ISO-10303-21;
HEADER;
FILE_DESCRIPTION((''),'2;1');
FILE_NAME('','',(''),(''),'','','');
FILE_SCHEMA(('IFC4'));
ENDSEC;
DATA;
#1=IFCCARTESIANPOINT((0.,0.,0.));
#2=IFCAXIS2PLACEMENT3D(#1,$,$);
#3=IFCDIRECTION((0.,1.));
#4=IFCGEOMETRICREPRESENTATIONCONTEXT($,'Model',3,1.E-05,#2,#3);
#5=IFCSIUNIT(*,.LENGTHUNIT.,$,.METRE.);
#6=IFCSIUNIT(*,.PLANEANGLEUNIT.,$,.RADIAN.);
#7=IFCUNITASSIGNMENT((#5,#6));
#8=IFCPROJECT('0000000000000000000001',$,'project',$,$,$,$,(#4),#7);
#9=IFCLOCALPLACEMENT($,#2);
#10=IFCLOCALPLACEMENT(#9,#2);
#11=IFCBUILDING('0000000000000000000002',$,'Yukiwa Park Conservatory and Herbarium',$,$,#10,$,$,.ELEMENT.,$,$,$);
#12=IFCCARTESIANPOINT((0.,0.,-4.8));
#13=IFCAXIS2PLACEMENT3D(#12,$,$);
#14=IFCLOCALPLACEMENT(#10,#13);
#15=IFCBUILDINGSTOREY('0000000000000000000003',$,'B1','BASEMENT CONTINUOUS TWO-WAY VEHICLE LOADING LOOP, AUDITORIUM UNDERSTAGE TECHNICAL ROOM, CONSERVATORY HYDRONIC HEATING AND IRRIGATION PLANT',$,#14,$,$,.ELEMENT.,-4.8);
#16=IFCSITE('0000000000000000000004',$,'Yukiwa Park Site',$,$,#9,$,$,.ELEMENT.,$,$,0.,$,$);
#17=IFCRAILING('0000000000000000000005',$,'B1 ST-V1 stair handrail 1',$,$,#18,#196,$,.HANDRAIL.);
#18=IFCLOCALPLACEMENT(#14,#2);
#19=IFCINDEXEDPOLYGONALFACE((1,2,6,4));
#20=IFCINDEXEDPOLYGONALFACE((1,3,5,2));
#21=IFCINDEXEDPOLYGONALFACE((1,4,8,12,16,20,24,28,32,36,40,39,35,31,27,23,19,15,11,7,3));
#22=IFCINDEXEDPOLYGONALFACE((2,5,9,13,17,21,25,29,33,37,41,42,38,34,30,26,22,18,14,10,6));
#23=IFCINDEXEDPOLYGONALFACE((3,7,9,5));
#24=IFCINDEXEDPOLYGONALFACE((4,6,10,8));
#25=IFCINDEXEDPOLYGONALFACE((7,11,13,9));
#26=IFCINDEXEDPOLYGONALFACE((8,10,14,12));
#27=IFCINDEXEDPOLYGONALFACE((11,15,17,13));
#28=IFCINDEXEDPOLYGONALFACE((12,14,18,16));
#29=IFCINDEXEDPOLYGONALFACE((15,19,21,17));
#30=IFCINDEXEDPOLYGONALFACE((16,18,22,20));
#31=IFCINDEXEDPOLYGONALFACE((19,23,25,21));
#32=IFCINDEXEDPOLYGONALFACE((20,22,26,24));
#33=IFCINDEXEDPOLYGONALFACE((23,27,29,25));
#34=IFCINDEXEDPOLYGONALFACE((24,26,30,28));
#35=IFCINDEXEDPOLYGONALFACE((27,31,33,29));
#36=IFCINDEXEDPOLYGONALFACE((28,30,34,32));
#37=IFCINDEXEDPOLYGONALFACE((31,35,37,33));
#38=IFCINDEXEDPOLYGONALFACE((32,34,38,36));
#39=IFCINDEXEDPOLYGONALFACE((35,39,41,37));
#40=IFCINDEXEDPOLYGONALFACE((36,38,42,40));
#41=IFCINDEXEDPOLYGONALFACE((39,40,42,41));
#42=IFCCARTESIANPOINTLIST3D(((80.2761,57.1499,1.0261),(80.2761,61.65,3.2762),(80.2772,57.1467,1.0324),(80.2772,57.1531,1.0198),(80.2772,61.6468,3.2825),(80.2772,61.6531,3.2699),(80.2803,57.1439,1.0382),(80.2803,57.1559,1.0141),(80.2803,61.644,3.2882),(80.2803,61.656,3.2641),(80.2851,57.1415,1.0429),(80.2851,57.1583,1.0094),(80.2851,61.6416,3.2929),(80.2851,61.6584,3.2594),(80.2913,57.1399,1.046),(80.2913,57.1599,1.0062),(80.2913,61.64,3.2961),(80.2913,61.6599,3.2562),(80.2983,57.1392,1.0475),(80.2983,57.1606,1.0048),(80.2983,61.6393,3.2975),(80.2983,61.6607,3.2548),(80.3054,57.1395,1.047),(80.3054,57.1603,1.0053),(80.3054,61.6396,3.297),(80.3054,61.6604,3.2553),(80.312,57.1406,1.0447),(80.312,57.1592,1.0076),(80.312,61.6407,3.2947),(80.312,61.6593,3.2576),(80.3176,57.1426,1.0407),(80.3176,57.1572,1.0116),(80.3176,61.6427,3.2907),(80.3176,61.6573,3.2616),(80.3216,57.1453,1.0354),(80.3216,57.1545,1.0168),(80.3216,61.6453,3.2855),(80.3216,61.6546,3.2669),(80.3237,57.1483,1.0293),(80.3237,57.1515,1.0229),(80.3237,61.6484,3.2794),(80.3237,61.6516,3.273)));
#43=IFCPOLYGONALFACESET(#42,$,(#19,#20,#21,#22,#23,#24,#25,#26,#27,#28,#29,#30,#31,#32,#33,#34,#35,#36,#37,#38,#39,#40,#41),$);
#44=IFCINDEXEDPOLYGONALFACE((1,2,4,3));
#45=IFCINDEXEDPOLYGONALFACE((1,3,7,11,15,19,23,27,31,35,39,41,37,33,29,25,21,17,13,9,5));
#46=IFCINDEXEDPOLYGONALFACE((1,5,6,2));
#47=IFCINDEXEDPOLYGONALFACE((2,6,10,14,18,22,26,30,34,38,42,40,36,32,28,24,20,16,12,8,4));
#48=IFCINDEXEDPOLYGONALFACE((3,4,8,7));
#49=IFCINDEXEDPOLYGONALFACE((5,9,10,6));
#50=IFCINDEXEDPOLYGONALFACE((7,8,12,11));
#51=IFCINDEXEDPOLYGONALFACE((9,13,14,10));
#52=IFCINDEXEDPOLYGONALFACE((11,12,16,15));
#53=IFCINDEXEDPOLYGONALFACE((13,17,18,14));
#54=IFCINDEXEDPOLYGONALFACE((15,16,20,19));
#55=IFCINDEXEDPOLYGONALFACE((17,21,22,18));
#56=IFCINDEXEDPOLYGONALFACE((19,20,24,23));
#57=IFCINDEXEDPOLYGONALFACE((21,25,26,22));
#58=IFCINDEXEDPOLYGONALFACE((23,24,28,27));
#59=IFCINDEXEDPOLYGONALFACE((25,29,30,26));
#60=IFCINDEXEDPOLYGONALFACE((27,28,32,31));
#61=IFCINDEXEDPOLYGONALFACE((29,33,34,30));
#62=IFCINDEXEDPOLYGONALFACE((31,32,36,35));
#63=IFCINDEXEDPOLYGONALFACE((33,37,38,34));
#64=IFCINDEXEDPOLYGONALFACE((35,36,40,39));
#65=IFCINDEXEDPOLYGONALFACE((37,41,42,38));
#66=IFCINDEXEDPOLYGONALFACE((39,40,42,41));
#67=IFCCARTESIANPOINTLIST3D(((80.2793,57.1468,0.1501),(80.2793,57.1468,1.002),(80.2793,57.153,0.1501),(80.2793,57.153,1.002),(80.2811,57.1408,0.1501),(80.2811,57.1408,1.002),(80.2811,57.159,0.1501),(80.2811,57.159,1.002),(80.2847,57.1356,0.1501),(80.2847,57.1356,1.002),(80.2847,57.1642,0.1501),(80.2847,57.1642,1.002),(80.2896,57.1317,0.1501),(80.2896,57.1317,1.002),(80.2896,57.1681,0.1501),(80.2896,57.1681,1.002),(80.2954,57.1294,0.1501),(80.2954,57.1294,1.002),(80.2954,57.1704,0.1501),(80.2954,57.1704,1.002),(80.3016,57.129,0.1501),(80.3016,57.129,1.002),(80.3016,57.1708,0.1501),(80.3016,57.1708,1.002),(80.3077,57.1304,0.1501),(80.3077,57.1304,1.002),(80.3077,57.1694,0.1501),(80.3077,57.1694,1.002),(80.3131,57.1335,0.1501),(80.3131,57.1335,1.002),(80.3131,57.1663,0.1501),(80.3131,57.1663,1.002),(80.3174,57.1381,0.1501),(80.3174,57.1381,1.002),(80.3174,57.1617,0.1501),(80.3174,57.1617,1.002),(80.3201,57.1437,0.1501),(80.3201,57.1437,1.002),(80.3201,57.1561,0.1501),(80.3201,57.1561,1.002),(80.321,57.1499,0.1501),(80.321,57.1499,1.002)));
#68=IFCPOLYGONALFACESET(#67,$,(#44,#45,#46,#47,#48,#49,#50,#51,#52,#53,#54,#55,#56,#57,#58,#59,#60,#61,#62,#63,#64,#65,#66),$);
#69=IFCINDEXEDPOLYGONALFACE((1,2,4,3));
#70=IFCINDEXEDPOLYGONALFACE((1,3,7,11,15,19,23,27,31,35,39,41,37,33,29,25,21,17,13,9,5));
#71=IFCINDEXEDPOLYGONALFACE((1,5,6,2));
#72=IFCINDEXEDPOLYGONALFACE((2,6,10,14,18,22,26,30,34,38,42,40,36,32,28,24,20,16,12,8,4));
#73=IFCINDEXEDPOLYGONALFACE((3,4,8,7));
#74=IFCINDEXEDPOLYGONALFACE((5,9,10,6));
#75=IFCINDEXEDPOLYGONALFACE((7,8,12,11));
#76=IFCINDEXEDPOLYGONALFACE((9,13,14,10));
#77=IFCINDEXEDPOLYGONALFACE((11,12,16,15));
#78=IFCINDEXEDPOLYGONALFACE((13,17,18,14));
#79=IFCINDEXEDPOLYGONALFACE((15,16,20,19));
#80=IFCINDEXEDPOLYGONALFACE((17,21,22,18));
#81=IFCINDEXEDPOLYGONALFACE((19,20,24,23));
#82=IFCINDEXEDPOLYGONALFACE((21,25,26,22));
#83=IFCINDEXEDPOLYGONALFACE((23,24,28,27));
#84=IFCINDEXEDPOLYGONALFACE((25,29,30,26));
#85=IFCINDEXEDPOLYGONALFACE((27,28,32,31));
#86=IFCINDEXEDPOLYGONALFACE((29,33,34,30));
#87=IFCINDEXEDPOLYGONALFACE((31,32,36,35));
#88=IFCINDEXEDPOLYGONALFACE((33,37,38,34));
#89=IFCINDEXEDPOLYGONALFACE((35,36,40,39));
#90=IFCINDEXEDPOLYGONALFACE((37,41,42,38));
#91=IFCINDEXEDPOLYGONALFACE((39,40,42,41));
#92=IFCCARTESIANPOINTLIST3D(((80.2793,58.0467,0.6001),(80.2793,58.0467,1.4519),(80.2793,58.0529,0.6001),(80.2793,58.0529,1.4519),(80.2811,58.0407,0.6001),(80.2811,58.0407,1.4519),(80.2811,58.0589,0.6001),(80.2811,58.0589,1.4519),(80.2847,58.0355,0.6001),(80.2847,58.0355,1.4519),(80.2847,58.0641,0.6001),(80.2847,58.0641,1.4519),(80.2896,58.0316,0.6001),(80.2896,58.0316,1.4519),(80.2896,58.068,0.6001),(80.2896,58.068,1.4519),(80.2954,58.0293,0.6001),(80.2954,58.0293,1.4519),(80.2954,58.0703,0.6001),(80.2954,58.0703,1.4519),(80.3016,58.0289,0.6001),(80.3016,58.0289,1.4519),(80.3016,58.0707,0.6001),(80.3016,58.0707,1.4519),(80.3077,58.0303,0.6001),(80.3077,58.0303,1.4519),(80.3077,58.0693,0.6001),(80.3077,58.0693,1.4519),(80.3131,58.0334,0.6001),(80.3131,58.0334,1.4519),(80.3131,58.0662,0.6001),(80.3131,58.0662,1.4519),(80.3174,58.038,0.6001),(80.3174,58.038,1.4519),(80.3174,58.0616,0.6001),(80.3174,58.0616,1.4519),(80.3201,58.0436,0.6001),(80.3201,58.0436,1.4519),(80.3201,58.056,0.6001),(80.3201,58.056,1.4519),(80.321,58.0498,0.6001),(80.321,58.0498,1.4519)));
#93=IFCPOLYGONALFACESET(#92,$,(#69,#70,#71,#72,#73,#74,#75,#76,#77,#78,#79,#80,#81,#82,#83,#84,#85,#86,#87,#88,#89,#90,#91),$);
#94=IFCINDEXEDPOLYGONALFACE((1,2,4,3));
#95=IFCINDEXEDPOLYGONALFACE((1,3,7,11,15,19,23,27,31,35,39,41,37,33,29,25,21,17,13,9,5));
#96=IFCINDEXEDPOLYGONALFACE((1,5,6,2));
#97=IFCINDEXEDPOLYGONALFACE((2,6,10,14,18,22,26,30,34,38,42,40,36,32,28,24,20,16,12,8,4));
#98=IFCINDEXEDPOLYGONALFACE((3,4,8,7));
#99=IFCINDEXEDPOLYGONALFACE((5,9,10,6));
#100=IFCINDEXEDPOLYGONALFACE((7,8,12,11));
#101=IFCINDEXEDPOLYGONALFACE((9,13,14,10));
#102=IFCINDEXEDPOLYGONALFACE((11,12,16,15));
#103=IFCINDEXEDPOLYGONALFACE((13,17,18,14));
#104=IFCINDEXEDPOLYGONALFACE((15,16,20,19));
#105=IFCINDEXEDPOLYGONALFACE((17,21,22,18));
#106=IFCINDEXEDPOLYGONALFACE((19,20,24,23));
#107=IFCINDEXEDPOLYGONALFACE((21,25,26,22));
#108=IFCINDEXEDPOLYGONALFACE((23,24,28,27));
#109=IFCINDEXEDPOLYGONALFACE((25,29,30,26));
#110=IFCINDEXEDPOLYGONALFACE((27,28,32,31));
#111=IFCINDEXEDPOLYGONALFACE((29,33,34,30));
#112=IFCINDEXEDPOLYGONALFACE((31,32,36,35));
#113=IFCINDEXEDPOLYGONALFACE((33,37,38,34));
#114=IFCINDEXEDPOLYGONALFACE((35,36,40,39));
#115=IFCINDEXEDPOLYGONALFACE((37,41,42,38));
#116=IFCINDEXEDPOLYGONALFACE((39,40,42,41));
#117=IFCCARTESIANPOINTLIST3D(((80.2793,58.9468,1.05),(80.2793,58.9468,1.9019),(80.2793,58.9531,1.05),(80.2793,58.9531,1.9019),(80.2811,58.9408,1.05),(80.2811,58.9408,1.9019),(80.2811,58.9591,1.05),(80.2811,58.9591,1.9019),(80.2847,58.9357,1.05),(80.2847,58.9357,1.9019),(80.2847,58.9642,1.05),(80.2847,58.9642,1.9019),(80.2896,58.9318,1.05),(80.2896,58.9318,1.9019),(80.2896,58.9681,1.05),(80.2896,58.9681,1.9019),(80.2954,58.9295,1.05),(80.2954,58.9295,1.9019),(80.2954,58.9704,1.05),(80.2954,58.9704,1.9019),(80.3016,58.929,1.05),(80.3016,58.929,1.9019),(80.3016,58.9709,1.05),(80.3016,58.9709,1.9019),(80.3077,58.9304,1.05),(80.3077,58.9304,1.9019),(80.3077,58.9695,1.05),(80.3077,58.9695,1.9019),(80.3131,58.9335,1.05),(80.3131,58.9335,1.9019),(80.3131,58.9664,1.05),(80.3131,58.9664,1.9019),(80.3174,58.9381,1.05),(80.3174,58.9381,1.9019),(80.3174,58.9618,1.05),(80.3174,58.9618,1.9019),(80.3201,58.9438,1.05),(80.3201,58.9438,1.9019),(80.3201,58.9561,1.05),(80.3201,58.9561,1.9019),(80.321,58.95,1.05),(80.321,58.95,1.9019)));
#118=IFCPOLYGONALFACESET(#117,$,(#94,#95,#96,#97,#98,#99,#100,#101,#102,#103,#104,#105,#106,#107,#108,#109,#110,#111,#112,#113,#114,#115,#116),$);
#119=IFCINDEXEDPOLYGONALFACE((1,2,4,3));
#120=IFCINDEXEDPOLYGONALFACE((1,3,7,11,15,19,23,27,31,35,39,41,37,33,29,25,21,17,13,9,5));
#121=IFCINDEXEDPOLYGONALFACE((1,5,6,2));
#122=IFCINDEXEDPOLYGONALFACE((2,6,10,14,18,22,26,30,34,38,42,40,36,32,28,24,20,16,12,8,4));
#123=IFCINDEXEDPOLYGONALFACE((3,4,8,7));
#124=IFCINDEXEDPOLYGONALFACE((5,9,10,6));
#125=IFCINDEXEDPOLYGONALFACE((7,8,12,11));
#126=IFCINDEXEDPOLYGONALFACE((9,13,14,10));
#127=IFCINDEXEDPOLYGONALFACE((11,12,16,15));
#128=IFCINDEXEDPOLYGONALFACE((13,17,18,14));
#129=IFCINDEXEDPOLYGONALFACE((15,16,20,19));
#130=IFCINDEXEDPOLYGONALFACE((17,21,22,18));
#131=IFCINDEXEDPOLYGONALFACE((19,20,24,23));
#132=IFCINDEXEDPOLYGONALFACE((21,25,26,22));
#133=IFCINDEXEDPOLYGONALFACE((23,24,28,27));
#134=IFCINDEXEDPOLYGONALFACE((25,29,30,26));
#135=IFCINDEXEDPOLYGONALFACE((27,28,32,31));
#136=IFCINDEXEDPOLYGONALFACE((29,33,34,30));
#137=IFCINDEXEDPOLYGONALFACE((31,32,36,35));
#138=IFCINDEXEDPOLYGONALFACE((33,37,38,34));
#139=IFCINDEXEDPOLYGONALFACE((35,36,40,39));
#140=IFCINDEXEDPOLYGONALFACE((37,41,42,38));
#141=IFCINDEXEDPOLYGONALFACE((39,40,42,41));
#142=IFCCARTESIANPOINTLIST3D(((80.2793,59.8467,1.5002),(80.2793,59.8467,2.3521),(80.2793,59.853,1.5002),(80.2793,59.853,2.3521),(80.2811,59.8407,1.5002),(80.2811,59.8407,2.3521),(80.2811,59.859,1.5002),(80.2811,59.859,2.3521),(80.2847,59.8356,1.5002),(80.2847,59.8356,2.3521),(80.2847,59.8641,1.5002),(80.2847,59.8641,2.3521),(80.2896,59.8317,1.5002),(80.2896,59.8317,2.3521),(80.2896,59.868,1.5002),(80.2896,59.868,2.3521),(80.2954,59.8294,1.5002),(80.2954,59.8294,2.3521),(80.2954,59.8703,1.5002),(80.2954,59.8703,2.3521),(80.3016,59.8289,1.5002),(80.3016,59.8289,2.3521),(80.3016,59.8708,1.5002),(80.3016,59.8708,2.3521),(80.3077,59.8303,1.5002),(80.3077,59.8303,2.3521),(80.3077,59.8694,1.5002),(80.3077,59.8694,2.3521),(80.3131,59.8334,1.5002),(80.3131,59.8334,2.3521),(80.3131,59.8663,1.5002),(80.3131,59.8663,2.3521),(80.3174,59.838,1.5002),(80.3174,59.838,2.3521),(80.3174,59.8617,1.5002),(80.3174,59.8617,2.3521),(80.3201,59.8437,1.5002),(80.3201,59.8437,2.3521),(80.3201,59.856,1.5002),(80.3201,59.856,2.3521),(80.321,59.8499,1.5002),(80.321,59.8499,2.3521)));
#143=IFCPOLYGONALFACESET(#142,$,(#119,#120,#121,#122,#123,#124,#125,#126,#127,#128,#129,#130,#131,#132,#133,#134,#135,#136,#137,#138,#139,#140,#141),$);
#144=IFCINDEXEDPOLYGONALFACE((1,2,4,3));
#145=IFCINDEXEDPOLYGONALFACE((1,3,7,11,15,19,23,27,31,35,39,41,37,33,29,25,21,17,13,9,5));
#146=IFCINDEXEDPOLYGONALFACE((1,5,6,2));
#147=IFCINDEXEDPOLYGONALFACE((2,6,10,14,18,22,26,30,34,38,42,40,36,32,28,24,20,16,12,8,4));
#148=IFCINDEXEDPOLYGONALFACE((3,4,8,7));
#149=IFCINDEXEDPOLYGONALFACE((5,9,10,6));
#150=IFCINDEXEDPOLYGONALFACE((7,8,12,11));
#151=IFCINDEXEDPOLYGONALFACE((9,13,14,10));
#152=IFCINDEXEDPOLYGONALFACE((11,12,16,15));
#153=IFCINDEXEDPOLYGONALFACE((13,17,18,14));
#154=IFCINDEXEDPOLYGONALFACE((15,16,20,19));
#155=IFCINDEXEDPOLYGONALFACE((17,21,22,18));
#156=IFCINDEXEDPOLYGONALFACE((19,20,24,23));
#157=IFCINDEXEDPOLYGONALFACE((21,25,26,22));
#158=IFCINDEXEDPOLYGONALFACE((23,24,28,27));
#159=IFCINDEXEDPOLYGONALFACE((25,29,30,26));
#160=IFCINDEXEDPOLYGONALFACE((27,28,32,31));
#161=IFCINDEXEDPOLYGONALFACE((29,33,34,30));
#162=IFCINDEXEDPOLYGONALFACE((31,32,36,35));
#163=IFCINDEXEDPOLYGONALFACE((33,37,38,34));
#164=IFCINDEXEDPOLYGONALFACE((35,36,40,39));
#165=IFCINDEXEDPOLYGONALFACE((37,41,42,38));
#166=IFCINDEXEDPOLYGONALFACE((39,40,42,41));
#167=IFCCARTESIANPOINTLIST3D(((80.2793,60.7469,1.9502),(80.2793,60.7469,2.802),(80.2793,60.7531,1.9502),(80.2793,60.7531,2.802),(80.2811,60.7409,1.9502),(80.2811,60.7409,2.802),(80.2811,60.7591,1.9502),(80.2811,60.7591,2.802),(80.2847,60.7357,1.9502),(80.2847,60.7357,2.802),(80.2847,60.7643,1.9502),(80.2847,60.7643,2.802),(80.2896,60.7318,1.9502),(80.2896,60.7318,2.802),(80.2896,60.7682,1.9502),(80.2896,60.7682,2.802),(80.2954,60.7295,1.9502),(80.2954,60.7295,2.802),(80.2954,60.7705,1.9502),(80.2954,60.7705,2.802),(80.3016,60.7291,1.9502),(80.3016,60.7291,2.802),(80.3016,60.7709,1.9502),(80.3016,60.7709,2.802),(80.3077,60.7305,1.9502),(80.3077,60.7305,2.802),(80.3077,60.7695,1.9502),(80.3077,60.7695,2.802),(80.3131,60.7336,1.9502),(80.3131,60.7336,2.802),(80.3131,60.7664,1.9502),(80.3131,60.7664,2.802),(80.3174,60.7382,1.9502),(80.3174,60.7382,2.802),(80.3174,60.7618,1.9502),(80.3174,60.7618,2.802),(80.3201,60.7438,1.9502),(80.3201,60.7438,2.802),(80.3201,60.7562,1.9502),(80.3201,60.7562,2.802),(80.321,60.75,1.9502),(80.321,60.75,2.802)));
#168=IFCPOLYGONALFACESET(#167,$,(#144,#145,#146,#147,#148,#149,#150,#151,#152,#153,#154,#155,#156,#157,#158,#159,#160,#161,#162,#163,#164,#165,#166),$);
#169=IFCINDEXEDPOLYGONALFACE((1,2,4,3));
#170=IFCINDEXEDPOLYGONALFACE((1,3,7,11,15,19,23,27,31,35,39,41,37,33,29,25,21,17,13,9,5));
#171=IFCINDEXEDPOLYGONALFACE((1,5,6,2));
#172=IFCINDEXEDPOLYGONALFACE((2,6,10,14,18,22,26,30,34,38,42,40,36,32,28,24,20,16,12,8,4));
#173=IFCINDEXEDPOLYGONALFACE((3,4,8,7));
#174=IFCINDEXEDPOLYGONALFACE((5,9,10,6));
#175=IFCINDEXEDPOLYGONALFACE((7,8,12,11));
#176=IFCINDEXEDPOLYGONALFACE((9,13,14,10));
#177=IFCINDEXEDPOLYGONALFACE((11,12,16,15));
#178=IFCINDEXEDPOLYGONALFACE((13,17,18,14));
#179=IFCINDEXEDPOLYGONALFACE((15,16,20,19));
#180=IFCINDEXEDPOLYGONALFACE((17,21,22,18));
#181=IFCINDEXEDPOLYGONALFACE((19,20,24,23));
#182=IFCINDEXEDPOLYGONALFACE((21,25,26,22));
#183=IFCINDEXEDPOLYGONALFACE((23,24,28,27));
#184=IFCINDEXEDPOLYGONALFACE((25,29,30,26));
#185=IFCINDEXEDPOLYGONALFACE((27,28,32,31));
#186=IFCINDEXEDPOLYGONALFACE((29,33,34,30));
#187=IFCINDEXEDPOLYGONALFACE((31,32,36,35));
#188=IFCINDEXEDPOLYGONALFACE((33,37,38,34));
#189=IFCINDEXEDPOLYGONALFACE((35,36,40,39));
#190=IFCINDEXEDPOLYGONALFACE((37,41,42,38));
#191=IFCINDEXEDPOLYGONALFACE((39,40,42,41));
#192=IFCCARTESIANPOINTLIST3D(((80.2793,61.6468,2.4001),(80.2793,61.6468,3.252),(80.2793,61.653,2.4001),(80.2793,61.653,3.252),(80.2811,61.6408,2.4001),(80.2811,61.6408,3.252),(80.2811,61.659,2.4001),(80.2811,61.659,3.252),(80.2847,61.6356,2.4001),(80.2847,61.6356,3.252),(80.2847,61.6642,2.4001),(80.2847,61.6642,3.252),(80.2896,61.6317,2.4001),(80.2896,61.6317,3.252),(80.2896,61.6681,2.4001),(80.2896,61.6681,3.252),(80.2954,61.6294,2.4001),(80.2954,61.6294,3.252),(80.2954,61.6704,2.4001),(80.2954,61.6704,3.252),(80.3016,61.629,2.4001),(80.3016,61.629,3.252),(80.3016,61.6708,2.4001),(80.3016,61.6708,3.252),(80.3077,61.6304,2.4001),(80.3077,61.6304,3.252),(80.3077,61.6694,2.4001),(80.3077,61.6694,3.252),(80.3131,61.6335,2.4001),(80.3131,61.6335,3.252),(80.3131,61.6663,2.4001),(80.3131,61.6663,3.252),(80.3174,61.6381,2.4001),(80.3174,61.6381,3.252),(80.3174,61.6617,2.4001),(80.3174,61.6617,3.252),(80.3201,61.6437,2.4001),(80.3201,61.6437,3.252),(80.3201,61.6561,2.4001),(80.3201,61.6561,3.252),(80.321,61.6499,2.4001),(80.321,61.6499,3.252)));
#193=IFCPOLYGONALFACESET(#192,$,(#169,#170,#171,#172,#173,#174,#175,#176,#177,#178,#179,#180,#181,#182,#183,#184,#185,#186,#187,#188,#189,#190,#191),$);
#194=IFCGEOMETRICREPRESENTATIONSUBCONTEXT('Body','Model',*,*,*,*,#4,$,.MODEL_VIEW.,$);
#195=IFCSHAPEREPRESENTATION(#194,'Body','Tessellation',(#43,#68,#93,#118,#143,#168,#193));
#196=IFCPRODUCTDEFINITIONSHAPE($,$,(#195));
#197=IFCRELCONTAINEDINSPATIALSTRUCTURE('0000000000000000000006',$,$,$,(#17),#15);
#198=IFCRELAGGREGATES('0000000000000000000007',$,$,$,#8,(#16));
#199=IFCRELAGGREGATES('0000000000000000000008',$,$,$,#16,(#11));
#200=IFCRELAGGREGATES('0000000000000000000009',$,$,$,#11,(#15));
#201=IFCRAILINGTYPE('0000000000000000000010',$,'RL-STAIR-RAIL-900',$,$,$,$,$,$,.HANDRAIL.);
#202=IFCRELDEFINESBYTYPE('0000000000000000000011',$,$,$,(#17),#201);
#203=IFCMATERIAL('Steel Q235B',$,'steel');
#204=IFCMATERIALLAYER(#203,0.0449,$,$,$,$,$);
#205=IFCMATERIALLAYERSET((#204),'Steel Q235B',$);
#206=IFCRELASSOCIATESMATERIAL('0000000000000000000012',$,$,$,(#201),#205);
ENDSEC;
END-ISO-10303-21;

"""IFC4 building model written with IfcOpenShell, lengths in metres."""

from ifc_helpers import new_model, si_unit, direction, frame, origin, origin_2d, place, context, subcontext, project, spatial, circle, extrude, material, layer, layer_set, type_object, element, save


model = new_model("IFC4")

# Units and contexts
model_context = context("Model", 3, precision=1e-05, world=origin(), true_north=direction((0.0, 1.0)))
body_context = subcontext(model_context, "Body", "Model", "MODEL_VIEW")
ifc_project = project(units=[si_unit("LENGTHUNIT", "METRE"), si_unit("PLANEANGLEUNIT", "RADIAN")], contexts=[model_context])

# Site, building, storey
site_placement = place(None, origin())
site = spatial("IfcSite", under=ifc_project, at=site_placement, Name="Yukiwa Park Site", CompositionType="ELEMENT", RefElevation=0.0)
building_placement = place(site_placement, origin())
building = spatial("IfcBuilding", under=site, at=building_placement, Name="Yukiwa Park Conservatory and Herbarium", CompositionType="ELEMENT")
storey_placement = place(building_placement, frame((0.0, 0.0, -4.8)))
storey = spatial("IfcBuildingStorey", under=building, at=storey_placement, Name="B1", Description="BASEMENT CONTINUOUS TWO-WAY VEHICLE LOADING LOOP, AUDITORIUM UNDERSTAGE TECHNICAL ROOM, CONSERVATORY HYDRONIC HEATING AND IRRIGATION PLANT", CompositionType="ELEMENT", Elevation=-4.8)

# Railing
ifc_material_1 = material(Name="Steel Q235B", Category="steel")
ifc_layer_1 = layer(ifc_material_1, 0.0449)
ifc_layer_set_1 = layer_set([ifc_layer_1], Name="Steel Q235B")
railing_type_1 = type_object("IfcRailingType", Name="RL-STAIR-RAIL-900", PredefinedType="HANDRAIL", material=ifc_layer_set_1)
railing_1_placement = place(storey_placement, frame((80.3, 57.1499, 0.1501)))
element("IfcRailing", 1, at=railing_1_placement, inside=storey, type_object=railing_type_1, Name="B1 ST-V1 stair handrail 1", PredefinedType="HANDRAIL", context=body_context, shape_type="SweptSolid", body=[
    extrude(circle(Radius=0.0239, at=origin_2d()), frame((0.0, 0.0, 0.876), z_axis=(0.0, 0.894427, 0.447214), x_axis=(-1.0, 0.0, 0.0)), (0.0, 0.0, 1.0), 5.0312),
    extrude(circle(Radius=0.021, at=origin_2d()), origin(), (0.0, 0.0, 1.0), 0.8518),
    extrude(circle(Radius=0.021, at=origin_2d()), frame((0.0, 0.8999, 0.45)), (0.0, 0.0, 1.0), 0.8518),
    extrude(circle(Radius=0.021, at=origin_2d()), frame((0.0, 1.8, 0.8999)), (0.0, 0.0, 1.0), 0.8518),
    extrude(circle(Radius=0.021, at=origin_2d()), frame((0.0, 2.7, 1.3501)), (0.0, 0.0, 1.0), 0.8518),
    extrude(circle(Radius=0.021, at=origin_2d()), frame((0.0, 3.6001, 1.8)), (0.0, 0.0, 1.0), 0.8518),
    extrude(circle(Radius=0.021, at=origin_2d()), frame((0.0, 4.5, 2.25)), (0.0, 0.0, 1.0), 0.8518),
])

save(model, "model.ifc")
